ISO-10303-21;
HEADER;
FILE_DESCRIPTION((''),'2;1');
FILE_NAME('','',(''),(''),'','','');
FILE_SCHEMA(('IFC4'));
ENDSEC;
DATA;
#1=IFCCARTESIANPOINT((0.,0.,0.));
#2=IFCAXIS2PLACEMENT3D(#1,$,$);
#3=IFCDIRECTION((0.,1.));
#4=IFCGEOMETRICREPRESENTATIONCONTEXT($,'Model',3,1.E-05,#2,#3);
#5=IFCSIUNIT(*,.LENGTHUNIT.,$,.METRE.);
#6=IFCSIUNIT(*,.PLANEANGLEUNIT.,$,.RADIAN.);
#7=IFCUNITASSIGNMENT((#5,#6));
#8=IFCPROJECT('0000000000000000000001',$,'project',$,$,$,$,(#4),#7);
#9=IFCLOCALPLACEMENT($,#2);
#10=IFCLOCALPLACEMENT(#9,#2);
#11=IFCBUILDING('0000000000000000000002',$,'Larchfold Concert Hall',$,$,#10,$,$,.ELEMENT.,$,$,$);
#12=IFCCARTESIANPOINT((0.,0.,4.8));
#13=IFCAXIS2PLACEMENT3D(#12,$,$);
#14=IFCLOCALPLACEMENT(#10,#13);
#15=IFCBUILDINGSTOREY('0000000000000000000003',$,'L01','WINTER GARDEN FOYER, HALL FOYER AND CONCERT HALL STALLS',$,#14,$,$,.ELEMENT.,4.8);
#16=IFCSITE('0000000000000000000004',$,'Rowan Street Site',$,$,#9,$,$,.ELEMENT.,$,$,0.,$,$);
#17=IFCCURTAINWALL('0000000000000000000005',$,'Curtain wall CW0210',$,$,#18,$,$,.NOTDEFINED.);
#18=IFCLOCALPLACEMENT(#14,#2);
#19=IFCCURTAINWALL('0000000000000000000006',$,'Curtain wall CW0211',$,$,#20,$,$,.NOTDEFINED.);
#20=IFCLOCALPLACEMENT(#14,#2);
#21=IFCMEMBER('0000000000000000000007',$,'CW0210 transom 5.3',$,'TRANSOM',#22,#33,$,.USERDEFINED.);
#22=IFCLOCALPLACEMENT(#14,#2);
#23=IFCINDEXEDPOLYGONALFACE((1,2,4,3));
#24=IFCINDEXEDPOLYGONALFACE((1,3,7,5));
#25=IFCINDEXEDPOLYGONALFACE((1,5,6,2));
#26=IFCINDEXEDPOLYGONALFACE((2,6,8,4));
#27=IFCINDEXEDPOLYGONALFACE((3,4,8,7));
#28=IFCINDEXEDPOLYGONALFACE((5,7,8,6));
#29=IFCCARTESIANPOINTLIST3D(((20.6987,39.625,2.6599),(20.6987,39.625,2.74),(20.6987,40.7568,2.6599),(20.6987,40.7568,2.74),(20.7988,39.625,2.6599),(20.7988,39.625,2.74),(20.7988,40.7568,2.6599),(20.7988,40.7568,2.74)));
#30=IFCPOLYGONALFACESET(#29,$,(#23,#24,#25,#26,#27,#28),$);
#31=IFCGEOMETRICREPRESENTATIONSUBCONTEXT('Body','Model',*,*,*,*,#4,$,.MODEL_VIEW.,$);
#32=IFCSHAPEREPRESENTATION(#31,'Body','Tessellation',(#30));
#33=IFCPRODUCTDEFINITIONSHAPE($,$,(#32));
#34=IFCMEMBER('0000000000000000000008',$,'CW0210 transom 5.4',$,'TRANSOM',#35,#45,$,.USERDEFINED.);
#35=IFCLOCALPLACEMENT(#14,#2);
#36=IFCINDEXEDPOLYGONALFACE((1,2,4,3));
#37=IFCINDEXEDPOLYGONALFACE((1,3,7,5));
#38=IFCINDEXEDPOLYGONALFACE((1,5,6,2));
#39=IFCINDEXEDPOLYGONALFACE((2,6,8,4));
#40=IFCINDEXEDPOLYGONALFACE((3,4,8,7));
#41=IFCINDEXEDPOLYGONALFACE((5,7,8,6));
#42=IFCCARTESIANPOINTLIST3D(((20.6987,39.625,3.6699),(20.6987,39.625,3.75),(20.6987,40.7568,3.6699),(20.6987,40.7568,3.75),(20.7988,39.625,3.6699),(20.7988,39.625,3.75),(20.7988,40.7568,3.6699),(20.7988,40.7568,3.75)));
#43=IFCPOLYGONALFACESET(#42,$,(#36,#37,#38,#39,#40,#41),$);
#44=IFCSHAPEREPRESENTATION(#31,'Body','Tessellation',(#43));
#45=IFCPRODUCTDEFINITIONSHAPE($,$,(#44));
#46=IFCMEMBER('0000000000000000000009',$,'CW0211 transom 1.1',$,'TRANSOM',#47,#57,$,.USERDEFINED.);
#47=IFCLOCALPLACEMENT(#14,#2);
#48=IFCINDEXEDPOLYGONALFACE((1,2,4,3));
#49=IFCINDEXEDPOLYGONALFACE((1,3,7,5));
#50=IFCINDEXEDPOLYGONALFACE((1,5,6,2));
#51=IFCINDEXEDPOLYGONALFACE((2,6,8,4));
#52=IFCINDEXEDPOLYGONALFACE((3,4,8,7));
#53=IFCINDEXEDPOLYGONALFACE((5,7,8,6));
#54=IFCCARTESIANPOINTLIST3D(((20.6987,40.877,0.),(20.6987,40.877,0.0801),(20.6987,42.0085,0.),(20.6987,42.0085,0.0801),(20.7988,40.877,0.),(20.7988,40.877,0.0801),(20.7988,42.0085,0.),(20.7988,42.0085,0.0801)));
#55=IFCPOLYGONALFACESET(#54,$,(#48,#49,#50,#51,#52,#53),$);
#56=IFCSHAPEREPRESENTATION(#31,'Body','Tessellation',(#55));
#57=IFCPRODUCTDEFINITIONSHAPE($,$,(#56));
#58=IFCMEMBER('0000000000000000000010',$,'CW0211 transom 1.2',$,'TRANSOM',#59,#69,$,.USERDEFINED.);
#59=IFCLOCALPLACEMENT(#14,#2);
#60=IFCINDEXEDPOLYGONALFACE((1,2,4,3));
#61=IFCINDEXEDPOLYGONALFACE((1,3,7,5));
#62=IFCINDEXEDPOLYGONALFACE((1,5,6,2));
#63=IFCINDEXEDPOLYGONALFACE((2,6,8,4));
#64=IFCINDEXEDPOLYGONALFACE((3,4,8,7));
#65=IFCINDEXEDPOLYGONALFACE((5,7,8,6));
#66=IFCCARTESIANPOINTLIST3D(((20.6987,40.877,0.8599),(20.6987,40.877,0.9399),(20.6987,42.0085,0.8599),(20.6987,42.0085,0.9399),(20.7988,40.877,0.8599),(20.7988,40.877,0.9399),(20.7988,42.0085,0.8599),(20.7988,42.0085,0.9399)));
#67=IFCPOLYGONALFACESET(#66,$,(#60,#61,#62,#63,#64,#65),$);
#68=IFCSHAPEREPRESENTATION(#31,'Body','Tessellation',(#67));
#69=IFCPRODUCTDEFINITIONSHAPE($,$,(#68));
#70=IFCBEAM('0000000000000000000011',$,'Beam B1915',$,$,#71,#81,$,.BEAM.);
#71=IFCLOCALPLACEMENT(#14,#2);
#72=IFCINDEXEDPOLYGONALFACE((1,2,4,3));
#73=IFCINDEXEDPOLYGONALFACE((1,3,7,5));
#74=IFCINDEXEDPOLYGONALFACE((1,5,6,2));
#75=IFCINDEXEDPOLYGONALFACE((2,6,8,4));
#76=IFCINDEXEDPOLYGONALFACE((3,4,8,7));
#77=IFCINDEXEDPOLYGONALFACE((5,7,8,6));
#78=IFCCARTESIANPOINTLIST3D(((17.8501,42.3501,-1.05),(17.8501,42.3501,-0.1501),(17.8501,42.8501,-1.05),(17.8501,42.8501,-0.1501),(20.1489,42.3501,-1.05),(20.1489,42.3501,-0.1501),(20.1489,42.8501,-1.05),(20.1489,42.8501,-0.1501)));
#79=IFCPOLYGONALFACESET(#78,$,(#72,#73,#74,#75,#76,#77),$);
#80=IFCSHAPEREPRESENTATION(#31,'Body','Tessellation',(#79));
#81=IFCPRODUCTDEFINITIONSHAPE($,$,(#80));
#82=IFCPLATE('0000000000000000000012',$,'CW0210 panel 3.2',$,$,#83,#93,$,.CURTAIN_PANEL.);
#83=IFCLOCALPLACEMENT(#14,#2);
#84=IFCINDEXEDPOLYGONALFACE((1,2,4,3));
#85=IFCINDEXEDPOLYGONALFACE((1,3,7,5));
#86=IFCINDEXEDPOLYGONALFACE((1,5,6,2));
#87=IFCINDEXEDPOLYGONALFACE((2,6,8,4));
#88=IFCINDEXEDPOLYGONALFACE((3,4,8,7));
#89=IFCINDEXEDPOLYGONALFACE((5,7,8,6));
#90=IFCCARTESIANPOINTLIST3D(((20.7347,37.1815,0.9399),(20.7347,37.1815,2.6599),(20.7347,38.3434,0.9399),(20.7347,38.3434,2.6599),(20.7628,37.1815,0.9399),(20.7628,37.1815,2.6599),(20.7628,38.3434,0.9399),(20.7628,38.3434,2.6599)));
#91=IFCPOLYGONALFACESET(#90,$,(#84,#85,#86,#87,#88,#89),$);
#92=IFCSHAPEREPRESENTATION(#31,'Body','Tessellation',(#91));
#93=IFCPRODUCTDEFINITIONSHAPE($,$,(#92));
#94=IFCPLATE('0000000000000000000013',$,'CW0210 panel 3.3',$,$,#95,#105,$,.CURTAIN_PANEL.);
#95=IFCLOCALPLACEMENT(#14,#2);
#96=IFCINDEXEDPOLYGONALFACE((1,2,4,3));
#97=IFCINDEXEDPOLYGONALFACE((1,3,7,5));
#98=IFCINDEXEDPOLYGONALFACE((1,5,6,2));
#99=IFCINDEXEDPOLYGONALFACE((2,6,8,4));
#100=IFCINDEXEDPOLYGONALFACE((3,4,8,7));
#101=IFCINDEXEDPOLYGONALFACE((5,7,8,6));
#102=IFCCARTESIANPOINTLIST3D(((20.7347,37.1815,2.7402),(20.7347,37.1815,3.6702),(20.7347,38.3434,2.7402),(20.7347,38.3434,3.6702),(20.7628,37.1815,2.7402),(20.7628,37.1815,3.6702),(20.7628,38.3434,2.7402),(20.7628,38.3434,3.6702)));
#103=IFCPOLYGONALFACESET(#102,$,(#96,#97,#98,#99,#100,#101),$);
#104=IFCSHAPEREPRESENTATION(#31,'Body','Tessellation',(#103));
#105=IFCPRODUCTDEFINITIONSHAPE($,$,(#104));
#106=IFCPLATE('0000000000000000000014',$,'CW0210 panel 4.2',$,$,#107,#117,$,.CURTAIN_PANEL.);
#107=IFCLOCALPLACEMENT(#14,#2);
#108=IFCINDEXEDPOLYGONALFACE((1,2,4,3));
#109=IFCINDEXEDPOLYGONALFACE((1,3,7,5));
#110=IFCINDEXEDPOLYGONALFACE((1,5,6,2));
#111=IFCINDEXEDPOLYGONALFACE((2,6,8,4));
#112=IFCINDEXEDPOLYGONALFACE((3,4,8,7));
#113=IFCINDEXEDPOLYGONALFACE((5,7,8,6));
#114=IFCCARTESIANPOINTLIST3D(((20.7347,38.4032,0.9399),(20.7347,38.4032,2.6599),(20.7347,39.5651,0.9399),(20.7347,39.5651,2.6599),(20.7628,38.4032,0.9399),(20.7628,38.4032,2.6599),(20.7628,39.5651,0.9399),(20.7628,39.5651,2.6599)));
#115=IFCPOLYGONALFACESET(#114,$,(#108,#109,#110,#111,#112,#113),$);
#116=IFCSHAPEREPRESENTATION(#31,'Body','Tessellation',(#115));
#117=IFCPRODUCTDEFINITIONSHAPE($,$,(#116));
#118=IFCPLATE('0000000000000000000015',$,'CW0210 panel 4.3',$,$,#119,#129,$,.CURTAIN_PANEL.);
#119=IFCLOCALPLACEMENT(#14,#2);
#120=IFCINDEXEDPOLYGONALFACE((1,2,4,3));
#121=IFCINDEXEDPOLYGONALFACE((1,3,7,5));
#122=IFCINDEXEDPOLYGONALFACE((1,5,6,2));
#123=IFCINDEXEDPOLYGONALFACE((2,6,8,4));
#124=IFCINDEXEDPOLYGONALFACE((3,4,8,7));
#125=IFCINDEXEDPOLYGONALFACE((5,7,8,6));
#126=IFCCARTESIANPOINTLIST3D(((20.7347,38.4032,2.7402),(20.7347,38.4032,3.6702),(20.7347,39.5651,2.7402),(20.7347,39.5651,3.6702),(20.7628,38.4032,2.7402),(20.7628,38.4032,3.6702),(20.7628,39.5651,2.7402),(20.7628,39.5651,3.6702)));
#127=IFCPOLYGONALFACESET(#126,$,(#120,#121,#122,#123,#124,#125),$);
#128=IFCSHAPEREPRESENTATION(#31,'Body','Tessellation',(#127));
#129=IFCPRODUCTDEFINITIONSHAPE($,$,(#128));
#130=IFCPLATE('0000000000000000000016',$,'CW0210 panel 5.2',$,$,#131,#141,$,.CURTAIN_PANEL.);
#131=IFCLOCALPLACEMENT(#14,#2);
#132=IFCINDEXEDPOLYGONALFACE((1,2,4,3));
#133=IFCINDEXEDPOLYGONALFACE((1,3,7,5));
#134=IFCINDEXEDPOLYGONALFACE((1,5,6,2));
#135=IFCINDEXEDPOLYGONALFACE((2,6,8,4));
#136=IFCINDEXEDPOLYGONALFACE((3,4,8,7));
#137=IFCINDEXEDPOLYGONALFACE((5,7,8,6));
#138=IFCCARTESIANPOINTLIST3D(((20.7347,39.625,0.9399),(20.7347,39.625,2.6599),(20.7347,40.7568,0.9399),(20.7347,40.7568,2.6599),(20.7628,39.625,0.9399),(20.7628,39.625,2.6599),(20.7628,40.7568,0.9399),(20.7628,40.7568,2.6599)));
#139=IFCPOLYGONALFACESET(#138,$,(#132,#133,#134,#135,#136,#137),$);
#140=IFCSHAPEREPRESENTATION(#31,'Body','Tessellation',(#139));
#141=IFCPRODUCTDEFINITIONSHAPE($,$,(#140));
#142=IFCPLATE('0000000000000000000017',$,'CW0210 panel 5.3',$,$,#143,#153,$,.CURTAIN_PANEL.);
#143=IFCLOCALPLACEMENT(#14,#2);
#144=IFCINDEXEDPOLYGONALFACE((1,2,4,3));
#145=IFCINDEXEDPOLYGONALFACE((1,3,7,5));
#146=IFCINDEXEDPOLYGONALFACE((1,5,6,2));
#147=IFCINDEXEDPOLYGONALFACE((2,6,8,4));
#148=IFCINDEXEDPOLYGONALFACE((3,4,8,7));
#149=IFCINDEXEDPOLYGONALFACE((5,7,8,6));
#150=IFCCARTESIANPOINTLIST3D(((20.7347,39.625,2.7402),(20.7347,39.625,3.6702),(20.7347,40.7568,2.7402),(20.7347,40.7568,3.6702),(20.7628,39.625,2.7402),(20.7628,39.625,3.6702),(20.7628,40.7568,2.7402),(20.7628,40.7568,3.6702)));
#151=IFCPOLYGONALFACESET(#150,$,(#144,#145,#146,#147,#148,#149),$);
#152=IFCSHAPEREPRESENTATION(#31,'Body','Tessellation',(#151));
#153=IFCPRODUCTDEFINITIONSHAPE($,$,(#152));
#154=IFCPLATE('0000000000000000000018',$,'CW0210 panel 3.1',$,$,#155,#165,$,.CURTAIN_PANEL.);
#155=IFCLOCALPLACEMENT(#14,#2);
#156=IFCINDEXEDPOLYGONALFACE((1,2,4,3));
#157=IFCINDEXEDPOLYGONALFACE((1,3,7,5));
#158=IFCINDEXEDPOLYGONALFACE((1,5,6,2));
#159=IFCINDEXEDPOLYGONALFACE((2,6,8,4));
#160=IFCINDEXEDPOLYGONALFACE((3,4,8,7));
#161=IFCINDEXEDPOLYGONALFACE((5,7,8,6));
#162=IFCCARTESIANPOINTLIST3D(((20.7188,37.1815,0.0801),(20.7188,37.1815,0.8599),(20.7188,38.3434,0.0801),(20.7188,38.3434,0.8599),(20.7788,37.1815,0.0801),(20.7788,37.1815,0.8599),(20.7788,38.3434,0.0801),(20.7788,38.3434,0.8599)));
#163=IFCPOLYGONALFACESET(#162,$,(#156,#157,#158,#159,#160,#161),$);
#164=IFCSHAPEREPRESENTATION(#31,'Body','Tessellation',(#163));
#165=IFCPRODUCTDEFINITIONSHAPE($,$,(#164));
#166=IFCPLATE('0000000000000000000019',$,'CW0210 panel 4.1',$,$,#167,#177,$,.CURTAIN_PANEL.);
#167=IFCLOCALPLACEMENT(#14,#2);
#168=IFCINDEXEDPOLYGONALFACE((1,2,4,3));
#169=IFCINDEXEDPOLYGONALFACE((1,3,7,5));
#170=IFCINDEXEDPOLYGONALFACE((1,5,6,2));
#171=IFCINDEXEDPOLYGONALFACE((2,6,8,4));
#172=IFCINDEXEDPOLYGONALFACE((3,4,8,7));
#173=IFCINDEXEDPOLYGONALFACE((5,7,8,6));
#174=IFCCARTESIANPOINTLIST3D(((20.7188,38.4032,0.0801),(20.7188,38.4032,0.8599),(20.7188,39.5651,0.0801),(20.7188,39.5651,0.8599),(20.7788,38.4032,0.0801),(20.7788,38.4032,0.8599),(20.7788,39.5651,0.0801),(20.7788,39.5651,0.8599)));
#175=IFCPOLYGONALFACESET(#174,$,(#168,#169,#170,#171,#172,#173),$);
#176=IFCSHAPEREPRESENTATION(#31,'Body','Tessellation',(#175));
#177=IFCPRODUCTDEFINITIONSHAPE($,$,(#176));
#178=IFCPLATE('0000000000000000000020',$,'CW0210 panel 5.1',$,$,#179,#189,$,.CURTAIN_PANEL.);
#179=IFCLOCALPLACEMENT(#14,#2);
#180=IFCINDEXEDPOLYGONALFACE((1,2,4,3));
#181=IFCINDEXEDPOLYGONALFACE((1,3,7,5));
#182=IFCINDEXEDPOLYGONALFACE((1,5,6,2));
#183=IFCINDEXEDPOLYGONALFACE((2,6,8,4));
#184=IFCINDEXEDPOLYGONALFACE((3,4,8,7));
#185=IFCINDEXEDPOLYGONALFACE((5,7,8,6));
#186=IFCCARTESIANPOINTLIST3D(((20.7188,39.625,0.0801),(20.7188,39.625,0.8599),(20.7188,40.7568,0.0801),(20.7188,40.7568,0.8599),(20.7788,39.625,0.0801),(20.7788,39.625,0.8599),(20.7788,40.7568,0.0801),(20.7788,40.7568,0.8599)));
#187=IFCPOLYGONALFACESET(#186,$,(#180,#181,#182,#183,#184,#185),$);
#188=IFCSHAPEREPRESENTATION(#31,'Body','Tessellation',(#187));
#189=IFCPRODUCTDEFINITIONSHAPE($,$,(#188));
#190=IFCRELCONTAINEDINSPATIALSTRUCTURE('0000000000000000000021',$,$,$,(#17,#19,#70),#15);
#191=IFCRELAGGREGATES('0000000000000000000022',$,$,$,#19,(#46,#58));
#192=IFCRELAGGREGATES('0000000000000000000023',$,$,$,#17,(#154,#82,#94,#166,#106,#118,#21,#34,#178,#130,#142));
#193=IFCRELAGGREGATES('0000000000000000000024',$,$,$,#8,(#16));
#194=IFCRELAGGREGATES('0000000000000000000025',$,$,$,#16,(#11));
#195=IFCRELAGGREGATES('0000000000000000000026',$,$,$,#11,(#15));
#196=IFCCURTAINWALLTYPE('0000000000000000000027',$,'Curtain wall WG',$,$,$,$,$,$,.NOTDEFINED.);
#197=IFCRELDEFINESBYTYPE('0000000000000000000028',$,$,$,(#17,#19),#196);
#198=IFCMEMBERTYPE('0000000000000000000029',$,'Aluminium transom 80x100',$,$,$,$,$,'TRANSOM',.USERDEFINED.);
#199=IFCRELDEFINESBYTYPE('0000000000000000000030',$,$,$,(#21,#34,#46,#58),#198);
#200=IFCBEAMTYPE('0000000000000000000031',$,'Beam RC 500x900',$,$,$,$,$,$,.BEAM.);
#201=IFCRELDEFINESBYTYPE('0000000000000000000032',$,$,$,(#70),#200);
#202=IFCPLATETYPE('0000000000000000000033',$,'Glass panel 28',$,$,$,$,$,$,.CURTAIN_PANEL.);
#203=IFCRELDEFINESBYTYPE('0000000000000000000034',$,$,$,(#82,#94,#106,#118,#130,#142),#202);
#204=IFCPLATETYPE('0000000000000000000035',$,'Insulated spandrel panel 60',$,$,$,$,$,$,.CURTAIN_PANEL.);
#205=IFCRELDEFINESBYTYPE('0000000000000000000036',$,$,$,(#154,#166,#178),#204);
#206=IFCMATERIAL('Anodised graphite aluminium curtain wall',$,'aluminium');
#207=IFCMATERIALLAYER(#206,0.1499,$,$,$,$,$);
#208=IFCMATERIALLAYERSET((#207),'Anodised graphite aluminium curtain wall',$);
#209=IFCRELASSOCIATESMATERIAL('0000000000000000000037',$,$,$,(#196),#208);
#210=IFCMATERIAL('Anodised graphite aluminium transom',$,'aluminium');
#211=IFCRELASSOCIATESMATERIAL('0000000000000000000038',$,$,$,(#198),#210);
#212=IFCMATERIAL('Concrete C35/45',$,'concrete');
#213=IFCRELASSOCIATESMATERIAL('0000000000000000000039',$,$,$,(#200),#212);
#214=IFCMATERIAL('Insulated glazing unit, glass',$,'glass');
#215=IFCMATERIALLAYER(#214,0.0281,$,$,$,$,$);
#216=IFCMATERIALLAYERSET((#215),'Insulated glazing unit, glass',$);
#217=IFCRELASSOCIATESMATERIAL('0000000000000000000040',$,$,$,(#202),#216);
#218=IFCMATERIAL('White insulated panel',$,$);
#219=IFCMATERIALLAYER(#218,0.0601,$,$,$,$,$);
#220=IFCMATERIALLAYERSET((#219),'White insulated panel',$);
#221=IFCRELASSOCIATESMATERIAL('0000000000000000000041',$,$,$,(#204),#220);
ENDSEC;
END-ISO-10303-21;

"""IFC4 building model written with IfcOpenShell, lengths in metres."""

from ifc_helpers import new_model, si_unit, direction, frame, origin, origin_2d, place, context, subcontext, project, spatial, rectangle, extrude, material, layer, layer_set, material_profile, profile_set, type_object, element, aggregate, save


model = new_model("IFC4")

# Units and contexts
model_context = context("Model", 3, precision=1e-05, world=origin(), true_north=direction((0.0, 1.0)))
body_context = subcontext(model_context, "Body", "Model", "MODEL_VIEW")
ifc_project = project(units=[si_unit("LENGTHUNIT", "METRE"), si_unit("PLANEANGLEUNIT", "RADIAN")], contexts=[model_context])

# Site, building, storey
site_placement = place(None, origin())
site = spatial("IfcSite", under=ifc_project, at=site_placement, Name="Rowan Street Site", CompositionType="ELEMENT", RefElevation=0.0)
building_placement = place(site_placement, origin())
building = spatial("IfcBuilding", under=site, at=building_placement, Name="Larchfold Concert Hall", CompositionType="ELEMENT")
storey_placement = place(building_placement, frame((0.0, 0.0, 4.8)))
storey = spatial("IfcBuildingStorey", under=building, at=storey_placement, Name="L01", Description="WINTER GARDEN FOYER, HALL FOYER AND CONCERT HALL STALLS", CompositionType="ELEMENT", Elevation=4.8)

# Curtain wall
ifc_material_1 = material(Name="Anodised graphite aluminium curtain wall", Category="aluminium")
ifc_layer_1 = layer(ifc_material_1, 0.1499)
ifc_layer_set_1 = layer_set([ifc_layer_1], Name="Anodised graphite aluminium curtain wall")
curtain_wall_type = type_object("IfcCurtainWallType", Name="Curtain wall WG", PredefinedType="NOTDEFINED", material=ifc_layer_set_1)
curtain_wall_1_placement = place(storey_placement, origin())
curtain_wall_1 = element("IfcCurtainWall", 1, at=curtain_wall_1_placement, inside=storey, type_object=curtain_wall_type, Name="Curtain wall CW0210", PredefinedType="NOTDEFINED")

# Curtain wall
curtain_wall_2_placement = place(storey_placement, origin())
curtain_wall_2 = element("IfcCurtainWall", 2, at=curtain_wall_2_placement, inside=storey, type_object=curtain_wall_type, Name="Curtain wall CW0211", PredefinedType="NOTDEFINED")

# Members
ifc_material_2 = material(Name="Anodised graphite aluminium transom", Category="aluminium")
ifc_material_profile_1 = material_profile(ifc_material_2, rectangle(XDim=0.1001, YDim=0.0801, at=origin_2d()))
ifc_profile_set_1 = profile_set([ifc_material_profile_1], Name="Anodised graphite aluminium transom")
member_type_1 = type_object("IfcMemberType", Name="Aluminium transom 80x100", ElementType="TRANSOM", PredefinedType="USERDEFINED", material=ifc_profile_set_1)
member_1_placement = place(storey_placement, frame((20.7488, 39.625, 2.7), z_axis=(0.0, 1.0, 0.0), x_axis=(-1.0, 0.0, 0.0)))
member_1 = element("IfcMember", 3, at=member_1_placement, type_object=member_type_1, Name="CW0210 transom 5.3", ObjectType="TRANSOM", PredefinedType="USERDEFINED", context=body_context, shape_type="SweptSolid", body=[
    extrude(rectangle(XDim=0.1001, YDim=0.0801, at=origin_2d()), origin(), (0.0, 0.0, 1.0), 1.1318),
])
member_2_placement = place(storey_placement, frame((20.7488, 39.625, 3.71), z_axis=(0.0, 1.0, 0.0), x_axis=(-1.0, 0.0, 0.0)))
member_2 = element("IfcMember", 4, at=member_2_placement, type_object=member_type_1, Name="CW0210 transom 5.4", ObjectType="TRANSOM", PredefinedType="USERDEFINED", context=body_context, shape_type="SweptSolid", body=[
    extrude(rectangle(XDim=0.1001, YDim=0.0801, at=origin_2d()), origin(), (0.0, 0.0, 1.0), 1.1318),
])
member_3_placement = place(storey_placement, frame((20.7488, 40.877, 0.04), z_axis=(0.0, 1.0, 0.0), x_axis=(-1.0, 0.0, 0.0)))
member_3 = element("IfcMember", 5, at=member_3_placement, type_object=member_type_1, Name="CW0211 transom 1.1", ObjectType="TRANSOM", PredefinedType="USERDEFINED", context=body_context, shape_type="SweptSolid", body=[
    extrude(rectangle(XDim=0.1001, YDim=0.0801, at=origin_2d()), origin(), (0.0, 0.0, 1.0), 1.1316),
])
member_4_placement = place(storey_placement, frame((20.7488, 40.877, 0.8999), z_axis=(0.0, 1.0, 0.0), x_axis=(-1.0, 0.0, 0.0)))
member_4 = element("IfcMember", 6, at=member_4_placement, type_object=member_type_1, Name="CW0211 transom 1.2", ObjectType="TRANSOM", PredefinedType="USERDEFINED", context=body_context, shape_type="SweptSolid", body=[
    extrude(rectangle(XDim=0.1001, YDim=0.0801, at=origin_2d()), origin(), (0.0, 0.0, 1.0), 1.1316),
])
aggregate(curtain_wall_2, [member_3, member_4])

# Beam
ifc_material_3 = material(Name="Concrete C35/45", Category="concrete")
ifc_material_profile_2 = material_profile(ifc_material_3, rectangle(XDim=0.5, YDim=0.8999, at=origin_2d()))
ifc_profile_set_2 = profile_set([ifc_material_profile_2], Name="Concrete C35/45")
beam_type = type_object("IfcBeamType", Name="Beam RC 500x900", PredefinedType="BEAM", material=ifc_profile_set_2)
beam_placement = place(storey_placement, frame((17.8501, 42.6001, -0.6001), z_axis=(1.0, 0.0, 0.0), x_axis=(0.0, 1.0, 0.0)))
element("IfcBeam", 7, at=beam_placement, inside=storey, type_object=beam_type, Name="Beam B1915", PredefinedType="BEAM", context=body_context, shape_type="SweptSolid", body=[
    extrude(rectangle(XDim=0.5, YDim=0.8999, at=origin_2d()), origin(), (0.0, 0.0, 1.0), 2.2988),
])

# Plates
ifc_material_4 = material(Name="Insulated glazing unit, glass", Category="glass")
ifc_layer_2 = layer(ifc_material_4, 0.0281)
ifc_layer_set_2 = layer_set([ifc_layer_2], Name="Insulated glazing unit, glass")
plate_type_1 = type_object("IfcPlateType", Name="Glass panel 28", PredefinedType="CURTAIN_PANEL", material=ifc_layer_set_2)
plate_1_placement = place(storey_placement, frame((20.7488, 37.7625, 0.9399), z_axis=(0.0, 0.0, 1.0), x_axis=(0.0, 1.0, 0.0)))
plate_1 = element("IfcPlate", 8, at=plate_1_placement, type_object=plate_type_1, Name="CW0210 panel 3.2", PredefinedType="CURTAIN_PANEL", context=body_context, shape_type="SweptSolid", body=[
    extrude(rectangle(XDim=1.1619, YDim=0.0281, at=origin_2d()), origin(), (0.0, 0.0, 1.0), 1.72),
])
plate_2_placement = place(storey_placement, frame((20.7488, 37.7625, 2.7402), z_axis=(0.0, 0.0, 1.0), x_axis=(0.0, 1.0, 0.0)))
plate_2 = element("IfcPlate", 9, at=plate_2_placement, type_object=plate_type_1, Name="CW0210 panel 3.3", PredefinedType="CURTAIN_PANEL", context=body_context, shape_type="SweptSolid", body=[
    extrude(rectangle(XDim=1.1619, YDim=0.0281, at=origin_2d()), origin(), (0.0, 0.0, 1.0), 0.9299),
])
plate_3_placement = place(storey_placement, frame((20.7488, 38.9841, 0.9399), z_axis=(0.0, 0.0, 1.0), x_axis=(0.0, 1.0, 0.0)))
plate_3 = element("IfcPlate", 10, at=plate_3_placement, type_object=plate_type_1, Name="CW0210 panel 4.2", PredefinedType="CURTAIN_PANEL", context=body_context, shape_type="SweptSolid", body=[
    extrude(rectangle(XDim=1.1619, YDim=0.0281, at=origin_2d()), origin(), (0.0, 0.0, 1.0), 1.72),
])
plate_4_placement = place(storey_placement, frame((20.7488, 38.9841, 2.7402), z_axis=(0.0, 0.0, 1.0), x_axis=(0.0, 1.0, 0.0)))
plate_4 = element("IfcPlate", 11, at=plate_4_placement, type_object=plate_type_1, Name="CW0210 panel 4.3", PredefinedType="CURTAIN_PANEL", context=body_context, shape_type="SweptSolid", body=[
    extrude(rectangle(XDim=1.1619, YDim=0.0281, at=origin_2d()), origin(), (0.0, 0.0, 1.0), 0.9299),
])
plate_5_placement = place(storey_placement, frame((20.7488, 40.1909, 0.9399), z_axis=(0.0, 0.0, 1.0), x_axis=(0.0, 1.0, 0.0)))
plate_5 = element("IfcPlate", 12, at=plate_5_placement, type_object=plate_type_1, Name="CW0210 panel 5.2", PredefinedType="CURTAIN_PANEL", context=body_context, shape_type="SweptSolid", body=[
    extrude(rectangle(XDim=1.1318, YDim=0.0281, at=origin_2d()), origin(), (0.0, 0.0, 1.0), 1.72),
])
plate_6_placement = place(storey_placement, frame((20.7488, 40.1909, 2.7402), z_axis=(0.0, 0.0, 1.0), x_axis=(0.0, 1.0, 0.0)))
plate_6 = element("IfcPlate", 13, at=plate_6_placement, type_object=plate_type_1, Name="CW0210 panel 5.3", PredefinedType="CURTAIN_PANEL", context=body_context, shape_type="SweptSolid", body=[
    extrude(rectangle(XDim=1.1318, YDim=0.0281, at=origin_2d()), origin(), (0.0, 0.0, 1.0), 0.9299),
])
ifc_material_5 = material(Name="White insulated panel")
ifc_layer_3 = layer(ifc_material_5, 0.0601)
ifc_layer_set_3 = layer_set([ifc_layer_3], Name="White insulated panel")
plate_type_2 = type_object("IfcPlateType", Name="Insulated spandrel panel 60", PredefinedType="CURTAIN_PANEL", material=ifc_layer_set_3)
plate_7_placement = place(storey_placement, frame((20.7488, 37.7625, 0.0801), z_axis=(0.0, 0.0, 1.0), x_axis=(0.0, 1.0, 0.0)))
plate_7 = element("IfcPlate", 14, at=plate_7_placement, type_object=plate_type_2, Name="CW0210 panel 3.1", PredefinedType="CURTAIN_PANEL", context=body_context, shape_type="SweptSolid", body=[
    extrude(rectangle(XDim=1.1619, YDim=0.0601, at=origin_2d()), origin(), (0.0, 0.0, 1.0), 0.7798),
])
plate_8_placement = place(storey_placement, frame((20.7488, 38.9841, 0.0801), z_axis=(0.0, 0.0, 1.0), x_axis=(0.0, 1.0, 0.0)))
plate_8 = element("IfcPlate", 15, at=plate_8_placement, type_object=plate_type_2, Name="CW0210 panel 4.1", PredefinedType="CURTAIN_PANEL", context=body_context, shape_type="SweptSolid", body=[
    extrude(rectangle(XDim=1.1619, YDim=0.0601, at=origin_2d()), origin(), (0.0, 0.0, 1.0), 0.7798),
])
plate_9_placement = place(storey_placement, frame((20.7488, 40.1909, 0.0801), z_axis=(0.0, 0.0, 1.0), x_axis=(0.0, 1.0, 0.0)))
plate_9 = element("IfcPlate", 16, at=plate_9_placement, type_object=plate_type_2, Name="CW0210 panel 5.1", PredefinedType="CURTAIN_PANEL", context=body_context, shape_type="SweptSolid", body=[
    extrude(rectangle(XDim=1.1318, YDim=0.0601, at=origin_2d()), origin(), (0.0, 0.0, 1.0), 0.7798),
])
aggregate(curtain_wall_1, [plate_7, plate_1, plate_2, plate_8, plate_3, plate_4, member_1, member_2, plate_9, plate_5, plate_6])

save(model, "model.ifc")
